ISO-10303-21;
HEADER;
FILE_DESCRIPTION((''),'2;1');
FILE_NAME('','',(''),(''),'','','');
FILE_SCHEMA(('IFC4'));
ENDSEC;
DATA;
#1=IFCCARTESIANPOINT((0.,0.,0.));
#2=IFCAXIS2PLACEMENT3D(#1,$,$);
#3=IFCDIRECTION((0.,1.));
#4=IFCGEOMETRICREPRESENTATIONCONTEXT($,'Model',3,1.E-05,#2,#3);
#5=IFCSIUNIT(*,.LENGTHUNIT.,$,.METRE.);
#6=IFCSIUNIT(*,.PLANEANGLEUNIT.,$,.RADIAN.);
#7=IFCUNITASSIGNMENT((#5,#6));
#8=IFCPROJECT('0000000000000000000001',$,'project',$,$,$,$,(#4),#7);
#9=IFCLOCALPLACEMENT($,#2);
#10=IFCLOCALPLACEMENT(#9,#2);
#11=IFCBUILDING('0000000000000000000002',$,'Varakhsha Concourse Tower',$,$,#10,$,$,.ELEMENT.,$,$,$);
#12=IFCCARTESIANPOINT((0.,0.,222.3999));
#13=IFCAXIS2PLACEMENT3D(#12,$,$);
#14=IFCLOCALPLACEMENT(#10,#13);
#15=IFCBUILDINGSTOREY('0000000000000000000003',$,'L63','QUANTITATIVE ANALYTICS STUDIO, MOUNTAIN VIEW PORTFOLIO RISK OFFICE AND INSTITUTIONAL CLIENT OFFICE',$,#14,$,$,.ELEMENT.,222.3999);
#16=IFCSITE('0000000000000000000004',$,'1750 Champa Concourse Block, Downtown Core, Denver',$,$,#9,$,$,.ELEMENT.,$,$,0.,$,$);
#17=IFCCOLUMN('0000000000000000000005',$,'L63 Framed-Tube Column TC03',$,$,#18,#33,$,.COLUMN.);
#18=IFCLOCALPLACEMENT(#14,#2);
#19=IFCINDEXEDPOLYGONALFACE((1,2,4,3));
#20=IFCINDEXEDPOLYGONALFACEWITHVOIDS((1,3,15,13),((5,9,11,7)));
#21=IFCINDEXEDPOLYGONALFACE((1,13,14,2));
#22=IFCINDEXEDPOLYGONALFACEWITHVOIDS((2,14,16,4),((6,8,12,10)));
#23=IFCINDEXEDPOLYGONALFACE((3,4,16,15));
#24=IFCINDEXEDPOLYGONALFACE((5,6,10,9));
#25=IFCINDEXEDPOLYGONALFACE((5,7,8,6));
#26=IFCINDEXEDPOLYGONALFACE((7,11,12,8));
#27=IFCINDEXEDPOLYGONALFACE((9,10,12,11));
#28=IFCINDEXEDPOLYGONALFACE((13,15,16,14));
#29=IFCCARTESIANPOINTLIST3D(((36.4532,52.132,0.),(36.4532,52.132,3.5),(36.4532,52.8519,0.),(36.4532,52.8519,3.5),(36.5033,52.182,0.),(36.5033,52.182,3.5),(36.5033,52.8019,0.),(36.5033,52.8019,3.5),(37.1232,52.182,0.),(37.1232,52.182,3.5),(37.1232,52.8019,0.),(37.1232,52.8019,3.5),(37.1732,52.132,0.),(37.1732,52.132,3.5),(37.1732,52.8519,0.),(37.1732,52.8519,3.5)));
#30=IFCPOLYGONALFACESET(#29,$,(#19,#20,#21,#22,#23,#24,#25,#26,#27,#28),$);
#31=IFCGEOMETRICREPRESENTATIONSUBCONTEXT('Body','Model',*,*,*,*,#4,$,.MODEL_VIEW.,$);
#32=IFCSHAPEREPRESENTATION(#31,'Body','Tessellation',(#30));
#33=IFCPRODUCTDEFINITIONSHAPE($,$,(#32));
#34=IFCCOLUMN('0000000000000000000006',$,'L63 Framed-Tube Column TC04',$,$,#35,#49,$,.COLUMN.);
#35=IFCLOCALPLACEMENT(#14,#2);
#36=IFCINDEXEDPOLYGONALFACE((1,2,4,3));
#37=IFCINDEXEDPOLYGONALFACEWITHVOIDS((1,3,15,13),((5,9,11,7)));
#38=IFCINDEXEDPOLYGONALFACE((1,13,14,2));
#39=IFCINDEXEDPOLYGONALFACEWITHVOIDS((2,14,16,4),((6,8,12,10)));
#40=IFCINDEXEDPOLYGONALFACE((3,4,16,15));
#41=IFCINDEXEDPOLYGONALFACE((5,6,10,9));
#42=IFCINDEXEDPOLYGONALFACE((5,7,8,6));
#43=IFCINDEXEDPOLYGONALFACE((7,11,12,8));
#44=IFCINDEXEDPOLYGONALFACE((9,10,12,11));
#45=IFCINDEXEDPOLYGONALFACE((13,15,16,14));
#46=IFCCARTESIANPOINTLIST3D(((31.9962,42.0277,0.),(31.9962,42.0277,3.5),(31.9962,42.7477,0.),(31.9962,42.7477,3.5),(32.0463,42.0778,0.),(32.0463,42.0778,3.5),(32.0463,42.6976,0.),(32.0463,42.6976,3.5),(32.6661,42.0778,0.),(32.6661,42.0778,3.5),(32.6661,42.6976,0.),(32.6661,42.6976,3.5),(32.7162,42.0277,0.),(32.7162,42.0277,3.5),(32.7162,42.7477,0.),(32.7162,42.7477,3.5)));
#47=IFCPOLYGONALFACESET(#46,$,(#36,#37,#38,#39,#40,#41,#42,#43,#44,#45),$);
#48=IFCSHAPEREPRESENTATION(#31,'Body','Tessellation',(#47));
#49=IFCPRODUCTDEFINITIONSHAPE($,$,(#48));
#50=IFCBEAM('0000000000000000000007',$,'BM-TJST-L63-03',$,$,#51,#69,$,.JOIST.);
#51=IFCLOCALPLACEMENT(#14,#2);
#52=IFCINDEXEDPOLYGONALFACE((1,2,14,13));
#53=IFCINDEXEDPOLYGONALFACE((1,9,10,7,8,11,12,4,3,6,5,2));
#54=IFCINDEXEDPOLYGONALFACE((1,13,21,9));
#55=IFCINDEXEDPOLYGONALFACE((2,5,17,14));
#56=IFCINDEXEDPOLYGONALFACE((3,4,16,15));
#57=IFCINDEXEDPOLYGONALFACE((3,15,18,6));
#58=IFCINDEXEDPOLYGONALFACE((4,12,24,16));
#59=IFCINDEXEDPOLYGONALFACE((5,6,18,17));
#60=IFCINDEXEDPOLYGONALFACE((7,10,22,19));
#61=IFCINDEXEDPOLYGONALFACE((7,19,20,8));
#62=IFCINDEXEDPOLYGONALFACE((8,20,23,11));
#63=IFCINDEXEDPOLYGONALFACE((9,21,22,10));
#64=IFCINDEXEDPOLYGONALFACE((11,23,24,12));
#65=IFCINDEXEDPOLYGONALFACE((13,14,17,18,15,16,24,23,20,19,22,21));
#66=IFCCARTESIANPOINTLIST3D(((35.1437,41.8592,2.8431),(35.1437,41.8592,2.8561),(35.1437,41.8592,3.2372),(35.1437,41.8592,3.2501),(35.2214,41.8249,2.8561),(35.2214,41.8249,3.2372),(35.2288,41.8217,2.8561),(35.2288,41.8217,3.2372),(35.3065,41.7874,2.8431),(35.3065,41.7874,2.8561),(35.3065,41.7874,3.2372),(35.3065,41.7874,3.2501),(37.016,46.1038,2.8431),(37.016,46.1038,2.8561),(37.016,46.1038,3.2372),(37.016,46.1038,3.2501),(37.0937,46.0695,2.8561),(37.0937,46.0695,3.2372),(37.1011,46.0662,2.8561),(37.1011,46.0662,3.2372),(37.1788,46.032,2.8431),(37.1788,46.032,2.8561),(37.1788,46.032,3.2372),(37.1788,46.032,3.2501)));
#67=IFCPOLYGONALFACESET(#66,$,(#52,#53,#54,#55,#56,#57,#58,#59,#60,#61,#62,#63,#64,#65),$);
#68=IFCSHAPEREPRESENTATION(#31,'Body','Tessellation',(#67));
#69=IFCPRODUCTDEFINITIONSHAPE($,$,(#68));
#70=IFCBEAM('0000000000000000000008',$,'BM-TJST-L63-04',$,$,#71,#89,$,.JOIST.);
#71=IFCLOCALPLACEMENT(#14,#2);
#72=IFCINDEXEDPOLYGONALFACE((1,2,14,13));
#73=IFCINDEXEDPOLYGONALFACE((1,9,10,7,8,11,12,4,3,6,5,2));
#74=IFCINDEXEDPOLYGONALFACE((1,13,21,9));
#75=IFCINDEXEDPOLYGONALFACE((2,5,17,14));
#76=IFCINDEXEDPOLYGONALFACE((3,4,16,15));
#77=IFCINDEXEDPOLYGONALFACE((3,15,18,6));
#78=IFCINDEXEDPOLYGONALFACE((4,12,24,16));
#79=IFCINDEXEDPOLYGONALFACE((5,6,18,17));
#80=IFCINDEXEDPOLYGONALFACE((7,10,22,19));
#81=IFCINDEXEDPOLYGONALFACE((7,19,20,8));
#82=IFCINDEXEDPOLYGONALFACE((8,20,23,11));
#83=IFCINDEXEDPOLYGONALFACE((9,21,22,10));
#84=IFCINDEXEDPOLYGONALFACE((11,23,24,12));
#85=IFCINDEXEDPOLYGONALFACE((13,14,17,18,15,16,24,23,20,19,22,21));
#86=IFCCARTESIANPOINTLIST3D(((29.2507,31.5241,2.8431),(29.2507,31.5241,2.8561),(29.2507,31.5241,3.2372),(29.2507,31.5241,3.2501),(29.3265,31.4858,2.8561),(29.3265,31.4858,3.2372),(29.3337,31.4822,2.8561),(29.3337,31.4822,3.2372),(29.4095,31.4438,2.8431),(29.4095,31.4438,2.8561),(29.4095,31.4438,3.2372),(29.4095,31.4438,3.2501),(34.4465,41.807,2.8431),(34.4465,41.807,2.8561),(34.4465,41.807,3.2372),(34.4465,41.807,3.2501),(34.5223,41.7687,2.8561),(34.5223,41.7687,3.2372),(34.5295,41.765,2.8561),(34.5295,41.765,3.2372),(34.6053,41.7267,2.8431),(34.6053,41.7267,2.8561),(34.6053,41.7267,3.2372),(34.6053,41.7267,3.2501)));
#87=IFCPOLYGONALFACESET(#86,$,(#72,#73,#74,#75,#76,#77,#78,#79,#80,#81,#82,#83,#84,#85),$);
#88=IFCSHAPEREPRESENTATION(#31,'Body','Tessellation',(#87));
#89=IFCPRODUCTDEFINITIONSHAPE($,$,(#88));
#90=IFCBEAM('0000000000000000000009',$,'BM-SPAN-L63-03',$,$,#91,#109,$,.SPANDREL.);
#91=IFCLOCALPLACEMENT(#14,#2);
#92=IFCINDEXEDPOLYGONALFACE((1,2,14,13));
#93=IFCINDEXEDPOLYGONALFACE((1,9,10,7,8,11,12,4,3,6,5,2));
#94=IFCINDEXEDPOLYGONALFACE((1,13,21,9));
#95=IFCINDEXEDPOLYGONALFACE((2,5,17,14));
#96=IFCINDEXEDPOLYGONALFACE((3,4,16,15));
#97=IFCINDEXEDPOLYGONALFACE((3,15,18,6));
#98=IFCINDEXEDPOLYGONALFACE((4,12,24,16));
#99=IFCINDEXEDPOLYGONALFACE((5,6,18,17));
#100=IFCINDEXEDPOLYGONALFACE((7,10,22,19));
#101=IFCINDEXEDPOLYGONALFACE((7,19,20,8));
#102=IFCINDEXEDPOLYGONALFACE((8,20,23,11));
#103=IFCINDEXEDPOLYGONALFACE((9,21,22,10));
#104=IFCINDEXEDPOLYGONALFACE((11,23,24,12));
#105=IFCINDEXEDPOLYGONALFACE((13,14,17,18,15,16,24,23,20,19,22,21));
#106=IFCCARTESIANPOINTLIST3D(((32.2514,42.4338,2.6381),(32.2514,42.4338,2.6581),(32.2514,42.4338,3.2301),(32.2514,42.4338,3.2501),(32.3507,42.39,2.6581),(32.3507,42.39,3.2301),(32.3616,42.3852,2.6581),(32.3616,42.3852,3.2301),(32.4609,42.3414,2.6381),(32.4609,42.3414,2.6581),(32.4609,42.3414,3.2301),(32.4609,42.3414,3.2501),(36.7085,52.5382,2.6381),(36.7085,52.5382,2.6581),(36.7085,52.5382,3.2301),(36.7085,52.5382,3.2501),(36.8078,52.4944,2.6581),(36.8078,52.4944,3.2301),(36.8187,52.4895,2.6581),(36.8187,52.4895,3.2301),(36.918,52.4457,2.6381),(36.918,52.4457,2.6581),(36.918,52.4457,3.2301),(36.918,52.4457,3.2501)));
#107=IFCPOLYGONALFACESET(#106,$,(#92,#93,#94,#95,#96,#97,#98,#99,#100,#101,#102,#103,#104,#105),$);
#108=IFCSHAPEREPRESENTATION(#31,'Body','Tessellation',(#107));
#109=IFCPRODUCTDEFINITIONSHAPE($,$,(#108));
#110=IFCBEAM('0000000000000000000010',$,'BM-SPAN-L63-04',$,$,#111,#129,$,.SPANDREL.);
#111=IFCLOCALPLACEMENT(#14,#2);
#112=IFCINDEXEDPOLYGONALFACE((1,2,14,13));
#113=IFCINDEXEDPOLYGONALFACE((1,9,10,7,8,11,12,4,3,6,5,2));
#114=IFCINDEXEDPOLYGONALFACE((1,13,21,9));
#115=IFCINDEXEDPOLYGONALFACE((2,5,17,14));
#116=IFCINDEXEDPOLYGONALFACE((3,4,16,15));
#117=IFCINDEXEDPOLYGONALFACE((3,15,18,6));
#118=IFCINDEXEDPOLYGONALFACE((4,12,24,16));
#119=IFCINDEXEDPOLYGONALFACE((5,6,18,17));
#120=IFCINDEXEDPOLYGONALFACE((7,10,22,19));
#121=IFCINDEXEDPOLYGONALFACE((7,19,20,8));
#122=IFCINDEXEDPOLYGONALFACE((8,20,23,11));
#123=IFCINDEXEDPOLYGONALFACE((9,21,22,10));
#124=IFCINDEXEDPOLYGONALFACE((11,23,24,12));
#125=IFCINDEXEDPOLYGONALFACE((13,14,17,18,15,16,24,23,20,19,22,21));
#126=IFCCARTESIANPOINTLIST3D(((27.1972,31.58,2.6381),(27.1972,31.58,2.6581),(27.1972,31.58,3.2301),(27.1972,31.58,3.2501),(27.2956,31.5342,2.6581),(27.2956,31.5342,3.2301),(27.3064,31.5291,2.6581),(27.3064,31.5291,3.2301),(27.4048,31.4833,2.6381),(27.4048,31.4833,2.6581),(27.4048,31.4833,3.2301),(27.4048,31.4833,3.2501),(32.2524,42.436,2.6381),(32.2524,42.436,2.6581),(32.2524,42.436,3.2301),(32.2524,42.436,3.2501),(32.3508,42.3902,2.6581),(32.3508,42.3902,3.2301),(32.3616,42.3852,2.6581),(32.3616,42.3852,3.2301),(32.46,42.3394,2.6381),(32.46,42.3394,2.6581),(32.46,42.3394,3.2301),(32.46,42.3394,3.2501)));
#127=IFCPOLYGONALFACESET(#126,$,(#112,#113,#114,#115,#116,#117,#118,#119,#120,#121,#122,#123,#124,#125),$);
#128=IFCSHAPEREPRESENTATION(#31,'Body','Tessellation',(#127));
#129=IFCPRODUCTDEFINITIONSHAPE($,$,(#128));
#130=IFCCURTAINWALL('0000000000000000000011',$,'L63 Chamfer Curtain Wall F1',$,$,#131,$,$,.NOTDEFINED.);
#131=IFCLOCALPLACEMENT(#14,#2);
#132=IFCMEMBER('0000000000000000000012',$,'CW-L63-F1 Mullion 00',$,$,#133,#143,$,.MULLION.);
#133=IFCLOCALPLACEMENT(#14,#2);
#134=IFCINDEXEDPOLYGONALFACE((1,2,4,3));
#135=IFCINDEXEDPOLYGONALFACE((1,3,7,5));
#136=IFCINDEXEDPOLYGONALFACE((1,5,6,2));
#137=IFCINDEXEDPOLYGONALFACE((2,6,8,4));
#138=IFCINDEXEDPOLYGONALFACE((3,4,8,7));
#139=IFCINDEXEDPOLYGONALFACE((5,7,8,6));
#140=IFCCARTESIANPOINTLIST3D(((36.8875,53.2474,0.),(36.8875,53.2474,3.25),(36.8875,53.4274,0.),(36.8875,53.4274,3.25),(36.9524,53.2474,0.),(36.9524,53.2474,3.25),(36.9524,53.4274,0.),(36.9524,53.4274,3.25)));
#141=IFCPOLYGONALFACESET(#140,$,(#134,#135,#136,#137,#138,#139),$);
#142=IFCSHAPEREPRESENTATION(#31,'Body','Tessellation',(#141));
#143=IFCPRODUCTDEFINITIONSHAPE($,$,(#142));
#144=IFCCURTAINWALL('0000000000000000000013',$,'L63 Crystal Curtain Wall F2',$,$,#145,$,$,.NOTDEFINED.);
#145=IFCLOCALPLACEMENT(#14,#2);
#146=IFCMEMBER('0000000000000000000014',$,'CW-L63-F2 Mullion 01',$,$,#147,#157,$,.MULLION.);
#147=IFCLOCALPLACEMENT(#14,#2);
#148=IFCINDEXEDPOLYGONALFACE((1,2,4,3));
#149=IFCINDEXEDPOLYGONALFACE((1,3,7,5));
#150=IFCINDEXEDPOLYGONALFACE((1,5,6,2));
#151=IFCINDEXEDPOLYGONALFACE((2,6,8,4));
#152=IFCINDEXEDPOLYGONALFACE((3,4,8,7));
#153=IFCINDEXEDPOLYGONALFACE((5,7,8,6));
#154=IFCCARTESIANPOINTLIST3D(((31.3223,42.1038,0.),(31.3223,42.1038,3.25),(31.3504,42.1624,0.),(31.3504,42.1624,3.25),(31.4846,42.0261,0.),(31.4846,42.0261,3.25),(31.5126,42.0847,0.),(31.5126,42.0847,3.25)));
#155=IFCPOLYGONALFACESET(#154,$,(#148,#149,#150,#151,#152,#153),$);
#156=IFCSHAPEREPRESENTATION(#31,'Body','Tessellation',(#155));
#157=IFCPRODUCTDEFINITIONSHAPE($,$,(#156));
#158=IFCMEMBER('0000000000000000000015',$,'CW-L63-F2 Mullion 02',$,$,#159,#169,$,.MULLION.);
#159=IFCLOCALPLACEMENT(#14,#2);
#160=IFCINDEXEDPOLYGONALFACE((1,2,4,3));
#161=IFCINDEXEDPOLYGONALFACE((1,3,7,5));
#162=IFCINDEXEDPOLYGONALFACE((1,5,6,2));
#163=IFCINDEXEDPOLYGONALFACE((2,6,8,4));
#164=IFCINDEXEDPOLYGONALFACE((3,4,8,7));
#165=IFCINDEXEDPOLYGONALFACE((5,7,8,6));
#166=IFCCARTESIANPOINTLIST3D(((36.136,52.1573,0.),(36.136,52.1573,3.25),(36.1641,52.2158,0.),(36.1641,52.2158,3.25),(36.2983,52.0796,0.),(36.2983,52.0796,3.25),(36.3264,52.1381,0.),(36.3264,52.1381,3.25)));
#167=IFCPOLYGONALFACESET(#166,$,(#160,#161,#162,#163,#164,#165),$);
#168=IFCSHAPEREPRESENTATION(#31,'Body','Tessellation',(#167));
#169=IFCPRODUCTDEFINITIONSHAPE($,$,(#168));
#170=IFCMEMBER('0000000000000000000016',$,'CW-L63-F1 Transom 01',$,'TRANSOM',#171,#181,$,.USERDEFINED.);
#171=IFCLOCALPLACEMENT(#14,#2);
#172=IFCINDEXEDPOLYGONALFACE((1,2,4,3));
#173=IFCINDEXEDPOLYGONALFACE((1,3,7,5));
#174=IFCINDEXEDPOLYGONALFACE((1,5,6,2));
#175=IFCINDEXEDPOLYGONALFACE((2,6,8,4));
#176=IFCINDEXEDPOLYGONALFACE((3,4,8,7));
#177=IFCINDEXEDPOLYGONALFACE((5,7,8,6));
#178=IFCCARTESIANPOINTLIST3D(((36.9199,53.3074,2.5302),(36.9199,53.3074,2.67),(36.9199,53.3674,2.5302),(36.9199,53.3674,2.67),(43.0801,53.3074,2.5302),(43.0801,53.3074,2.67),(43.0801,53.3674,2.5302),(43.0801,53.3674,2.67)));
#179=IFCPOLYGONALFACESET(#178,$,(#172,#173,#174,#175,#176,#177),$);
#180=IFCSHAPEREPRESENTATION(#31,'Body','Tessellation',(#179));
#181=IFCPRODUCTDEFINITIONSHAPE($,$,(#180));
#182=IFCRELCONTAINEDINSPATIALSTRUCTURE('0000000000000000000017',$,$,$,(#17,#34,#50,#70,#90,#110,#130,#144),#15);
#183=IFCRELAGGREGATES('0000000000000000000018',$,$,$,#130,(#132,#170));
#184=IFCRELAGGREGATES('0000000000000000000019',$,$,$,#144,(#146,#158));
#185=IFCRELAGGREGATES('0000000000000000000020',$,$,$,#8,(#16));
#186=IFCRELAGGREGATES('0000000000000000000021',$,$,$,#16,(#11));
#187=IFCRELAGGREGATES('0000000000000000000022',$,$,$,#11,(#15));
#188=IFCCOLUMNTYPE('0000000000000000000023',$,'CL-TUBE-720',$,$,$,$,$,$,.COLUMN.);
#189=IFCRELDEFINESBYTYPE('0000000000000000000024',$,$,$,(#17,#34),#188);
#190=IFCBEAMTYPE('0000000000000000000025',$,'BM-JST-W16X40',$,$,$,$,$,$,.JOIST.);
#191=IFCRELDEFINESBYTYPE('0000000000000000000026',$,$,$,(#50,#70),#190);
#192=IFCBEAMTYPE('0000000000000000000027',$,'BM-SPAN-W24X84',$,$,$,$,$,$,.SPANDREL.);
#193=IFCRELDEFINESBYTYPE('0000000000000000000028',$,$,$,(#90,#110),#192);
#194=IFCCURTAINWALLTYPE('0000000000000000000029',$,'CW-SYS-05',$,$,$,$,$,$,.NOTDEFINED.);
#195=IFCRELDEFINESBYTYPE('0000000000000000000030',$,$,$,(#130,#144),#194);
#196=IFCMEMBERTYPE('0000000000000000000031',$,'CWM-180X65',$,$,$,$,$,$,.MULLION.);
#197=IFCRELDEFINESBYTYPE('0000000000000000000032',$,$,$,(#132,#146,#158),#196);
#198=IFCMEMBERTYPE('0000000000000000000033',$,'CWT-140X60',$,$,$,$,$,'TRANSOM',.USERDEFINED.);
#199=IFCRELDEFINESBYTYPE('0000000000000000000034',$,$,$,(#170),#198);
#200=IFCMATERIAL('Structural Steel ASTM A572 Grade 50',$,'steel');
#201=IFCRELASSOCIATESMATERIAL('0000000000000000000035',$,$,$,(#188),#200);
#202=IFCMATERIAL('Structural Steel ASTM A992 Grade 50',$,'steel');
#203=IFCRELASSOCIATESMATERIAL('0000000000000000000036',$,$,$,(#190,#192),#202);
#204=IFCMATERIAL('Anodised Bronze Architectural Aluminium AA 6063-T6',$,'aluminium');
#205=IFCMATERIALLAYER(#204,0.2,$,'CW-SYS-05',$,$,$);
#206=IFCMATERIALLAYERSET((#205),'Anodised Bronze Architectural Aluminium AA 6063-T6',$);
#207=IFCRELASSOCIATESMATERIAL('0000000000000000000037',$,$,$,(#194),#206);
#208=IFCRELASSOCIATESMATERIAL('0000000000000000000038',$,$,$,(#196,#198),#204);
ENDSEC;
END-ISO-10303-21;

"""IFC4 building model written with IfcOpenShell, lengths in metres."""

from ifc_helpers import new_model, si_unit, direction, frame, origin, origin_2d, place, context, subcontext, project, spatial, rectangle, hollow_rectangle, i_section, extrude, source, transform, mapped, material, layer, layer_set, material_profile, profile_set, type_object, type_shapes, element, aggregate, save


model = new_model("IFC4")

# Units and contexts
model_context = context("Model", 3, precision=1e-05, world=origin(), true_north=direction((0.0, 1.0)))
body_context = subcontext(model_context, "Body", "Model", "MODEL_VIEW")
ifc_project = project(units=[si_unit("LENGTHUNIT", "METRE"), si_unit("PLANEANGLEUNIT", "RADIAN")], contexts=[model_context])

# Site, building, storey
site_placement = place(None, origin())
site = spatial("IfcSite", under=ifc_project, at=site_placement, Name="1750 Champa Concourse Block, Downtown Core, Denver", CompositionType="ELEMENT", RefElevation=0.0)
building_placement = place(site_placement, origin())
building = spatial("IfcBuilding", under=site, at=building_placement, Name="Varakhsha Concourse Tower", CompositionType="ELEMENT")
storey_placement = place(building_placement, frame((0.0, 0.0, 222.3999)))
storey = spatial("IfcBuildingStorey", under=building, at=storey_placement, Name="L63", Description="QUANTITATIVE ANALYTICS STUDIO, MOUNTAIN VIEW PORTFOLIO RISK OFFICE AND INSTITUTIONAL CLIENT OFFICE", CompositionType="ELEMENT", Elevation=222.3999)

# Columns
ifc_material_1 = material(Name="Structural Steel ASTM A572 Grade 50", Category="steel")
ifc_material_profile_1 = material_profile(ifc_material_1, hollow_rectangle(XDim=0.72, YDim=0.72, WallThickness=0.05, at=origin_2d()), Name="BOX 720x720x50")
ifc_profile_set_1 = profile_set([ifc_material_profile_1], Name="Structural Steel ASTM A572 Grade 50")
column_type = type_object("IfcColumnType", Name="CL-TUBE-720", PredefinedType="COLUMN", material=ifc_profile_set_1)
for number, where, z_axis, x_axis, name in (
    (1, (36.8132, 52.4919, 0.0), (0.0, 0.0, 1.0), (1.0, 0.0, 0.0), "L63 Framed-Tube Column TC03"),
    (2, (32.3562, 42.3877, 0.0), (0.0, 0.0, 1.0), (1.0, 0.0, 0.0), "L63 Framed-Tube Column TC04"),
):
    element("IfcColumn", number, at=place(storey_placement, frame(where, z_axis=z_axis, x_axis=x_axis)), inside=storey, type_object=column_type, Name=name, PredefinedType="COLUMN", context=body_context, shape_type="SweptSolid", body=[
        extrude(hollow_rectangle(XDim=0.72, YDim=0.72, WallThickness=0.05, at=origin_2d()), origin(), (0.0, 0.0, 1.0), 3.5),
    ])

# Beams
ifc_material_2 = material(Name="Structural Steel ASTM A992 Grade 50", Category="steel")
ifc_material_profile_2 = material_profile(ifc_material_2, i_section(OverallWidth=0.178, OverallDepth=0.407, WebThickness=0.0081, FlangeThickness=0.0129, at=origin_2d()), Name="W16X40")
ifc_profile_set_2 = profile_set([ifc_material_profile_2], Name="Structural Steel ASTM A992 Grade 50")
beam_type_1 = type_object("IfcBeamType", Name="BM-JST-W16X40", PredefinedType="JOIST", material=ifc_profile_set_2)
beam_1_placement = place(storey_placement, frame((37.0974, 46.0679, 3.0466), z_axis=(-0.403583, -0.914943, 0.0), x_axis=(0.914943, -0.403583, 0.0)))
element("IfcBeam", 3, at=beam_1_placement, inside=storey, type_object=beam_type_1, Name="BM-TJST-L63-03", PredefinedType="JOIST", context=body_context, shape_type="SweptSolid", body=[
    extrude(i_section(OverallWidth=0.178, OverallDepth=0.407, WebThickness=0.0081, FlangeThickness=0.0129, at=origin_2d()), origin(), (0.0, 0.0, 1.0), 4.6392),
])
beam_2_placement = place(storey_placement, frame((34.5259, 41.7668, 3.0466), z_axis=(-0.450982, -0.892533, 0.0), x_axis=(0.892533, -0.450982, 0.0)))
element("IfcBeam", 4, at=beam_2_placement, inside=storey, type_object=beam_type_1, Name="BM-TJST-L63-04", PredefinedType="JOIST", context=body_context, shape_type="SweptSolid", body=[
    extrude(i_section(OverallWidth=0.178, OverallDepth=0.407, WebThickness=0.0081, FlangeThickness=0.0129, at=origin_2d()), origin(), (0.0, 0.0, 1.0), 11.521),
])
ifc_material_profile_3 = material_profile(ifc_material_2, i_section(OverallWidth=0.229, OverallDepth=0.6121, WebThickness=0.012, FlangeThickness=0.02, at=origin_2d()), Name="W24X84")
ifc_profile_set_3 = profile_set([ifc_material_profile_3], Name="Structural Steel ASTM A992 Grade 50")
beam_type_2 = type_object("IfcBeamType", Name="BM-SPAN-W24X84", PredefinedType="SPANDREL", material=ifc_profile_set_3)
beam_3_placement = place(storey_placement, frame((36.8132, 52.4919, 2.9441), z_axis=(-0.403585, -0.914942, 0.0), x_axis=(0.914942, -0.403585, 0.0)))
element("IfcBeam", 5, at=beam_3_placement, inside=storey, type_object=beam_type_2, Name="BM-SPAN-L63-03", PredefinedType="SPANDREL", context=body_context, shape_type="SweptSolid", body=[
    extrude(i_section(OverallWidth=0.229, OverallDepth=0.6121, WebThickness=0.012, FlangeThickness=0.02, at=origin_2d()), origin(), (0.0, 0.0, 1.0), 11.0437),
])
beam_4_placement = place(storey_placement, frame((32.3562, 42.3877, 2.9441), z_axis=(-0.422135, -0.906533, 0.0), x_axis=(0.906533, -0.422135, 0.0)))
element("IfcBeam", 6, at=beam_4_placement, inside=storey, type_object=beam_type_2, Name="BM-SPAN-L63-04", PredefinedType="SPANDREL", context=body_context, shape_type="SweptSolid", body=[
    extrude(i_section(OverallWidth=0.229, OverallDepth=0.6121, WebThickness=0.012, FlangeThickness=0.02, at=origin_2d()), origin(), (0.0, 0.0, 1.0), 11.9753),
])

# Curtain wall, member
ifc_material_3 = material(Name="Anodised Bronze Architectural Aluminium AA 6063-T6", Category="aluminium")
ifc_layer_1 = layer(ifc_material_3, 0.2, Name="CW-SYS-05")
ifc_layer_set_1 = layer_set([ifc_layer_1], Name="Anodised Bronze Architectural Aluminium AA 6063-T6")
curtain_wall_type = type_object("IfcCurtainWallType", Name="CW-SYS-05", PredefinedType="NOTDEFINED", material=ifc_layer_set_1)
curtain_wall_1_placement = place(storey_placement, origin())
curtain_wall_1 = element("IfcCurtainWall", 7, at=curtain_wall_1_placement, inside=storey, type_object=curtain_wall_type, Name="L63 Chamfer Curtain Wall F1", PredefinedType="NOTDEFINED")
ifc_material_profile_4 = material_profile(ifc_material_3, rectangle(XDim=0.0649, YDim=0.1799, at=origin_2d()), Name="CWM-180X65")
ifc_profile_set_4 = profile_set([ifc_material_profile_4], Name="Anodised Bronze Architectural Aluminium AA 6063-T6")
member_type_1 = type_object("IfcMemberType", Name="CWM-180X65", PredefinedType="MULLION", material=ifc_profile_set_4)
shared_shape_1 = source(origin(), body_context, "Body", "SweptSolid", [
    extrude(rectangle(XDim=0.0649, YDim=0.1799, at=origin_2d()), origin(), (0.0, 0.0, 1.0), 3.25),
])
type_shapes(member_type_1, [shared_shape_1])
member_1_placement = place(storey_placement, frame((36.9199, 53.3374, 0.0), z_axis=(0.0, 0.0, 1.0), x_axis=(1.0, 0.0, 0.0)))
member_1 = element("IfcMember", 8, at=member_1_placement, type_object=member_type_1, Name="CW-L63-F1 Mullion 00", PredefinedType="MULLION", context=body_context, shape_type="MappedRepresentation", body=[
    mapped(shared_shape_1, transform((0.0, 0.0, 0.0), scale=1.0)),
])

# Curtain wall, members
curtain_wall_2_placement = place(storey_placement, origin())
curtain_wall_2 = element("IfcCurtainWall", 9, at=curtain_wall_2_placement, inside=storey, type_object=curtain_wall_type, Name="L63 Crystal Curtain Wall F2", PredefinedType="NOTDEFINED")
member_2_placement = place(storey_placement, frame((31.4175, 42.0942, 0.0), z_axis=(0.0, 0.0, 1.0), x_axis=(0.431862, 0.90194, 0.0)))
member_2 = element("IfcMember", 10, at=member_2_placement, type_object=member_type_1, Name="CW-L63-F2 Mullion 01", PredefinedType="MULLION", context=body_context, shape_type="MappedRepresentation", body=[
    mapped(shared_shape_1, transform((0.0, 0.0, 0.0), scale=1.0)),
])
member_3_placement = place(storey_placement, frame((36.2312, 52.1477, 0.0), z_axis=(0.0, 0.0, 1.0), x_axis=(0.431862, 0.90194, 0.0)))
member_3 = element("IfcMember", 11, at=member_3_placement, type_object=member_type_1, Name="CW-L63-F2 Mullion 02", PredefinedType="MULLION", context=body_context, shape_type="MappedRepresentation", body=[
    mapped(shared_shape_1, transform((0.0, 0.0, 0.0), scale=1.0)),
])

# Member
ifc_material_profile_5 = material_profile(ifc_material_3, rectangle(XDim=0.0601, YDim=0.1399, at=origin_2d()), Name="CWT-140X60")
ifc_profile_set_5 = profile_set([ifc_material_profile_5], Name="Anodised Bronze Architectural Aluminium AA 6063-T6")
member_type_2 = type_object("IfcMemberType", Name="CWT-140X60", ElementType="TRANSOM", PredefinedType="USERDEFINED", material=ifc_profile_set_5)
shared_shape_2 = source(origin(), body_context, "Body", "SweptSolid", [
    extrude(rectangle(XDim=0.0601, YDim=0.1399, at=origin_2d()), origin(), (0.0, 0.0, 1.0), 6.1602),
])
type_shapes(member_type_2, [shared_shape_2])
member_4_placement = place(storey_placement, frame((36.9199, 53.3374, 2.6001), z_axis=(1.0, 0.0, 0.0), x_axis=(0.0, 1.0, 0.0)))
member_4 = element("IfcMember", 12, at=member_4_placement, type_object=member_type_2, Name="CW-L63-F1 Transom 01", ObjectType="TRANSOM", PredefinedType="USERDEFINED", context=body_context, shape_type="MappedRepresentation", body=[
    mapped(shared_shape_2, transform((0.0, 0.0, 0.0), scale=1.0)),
])
aggregate(curtain_wall_1, [member_1, member_4])

aggregate(curtain_wall_2, [member_2, member_3])

save(model, "model.ifc")
